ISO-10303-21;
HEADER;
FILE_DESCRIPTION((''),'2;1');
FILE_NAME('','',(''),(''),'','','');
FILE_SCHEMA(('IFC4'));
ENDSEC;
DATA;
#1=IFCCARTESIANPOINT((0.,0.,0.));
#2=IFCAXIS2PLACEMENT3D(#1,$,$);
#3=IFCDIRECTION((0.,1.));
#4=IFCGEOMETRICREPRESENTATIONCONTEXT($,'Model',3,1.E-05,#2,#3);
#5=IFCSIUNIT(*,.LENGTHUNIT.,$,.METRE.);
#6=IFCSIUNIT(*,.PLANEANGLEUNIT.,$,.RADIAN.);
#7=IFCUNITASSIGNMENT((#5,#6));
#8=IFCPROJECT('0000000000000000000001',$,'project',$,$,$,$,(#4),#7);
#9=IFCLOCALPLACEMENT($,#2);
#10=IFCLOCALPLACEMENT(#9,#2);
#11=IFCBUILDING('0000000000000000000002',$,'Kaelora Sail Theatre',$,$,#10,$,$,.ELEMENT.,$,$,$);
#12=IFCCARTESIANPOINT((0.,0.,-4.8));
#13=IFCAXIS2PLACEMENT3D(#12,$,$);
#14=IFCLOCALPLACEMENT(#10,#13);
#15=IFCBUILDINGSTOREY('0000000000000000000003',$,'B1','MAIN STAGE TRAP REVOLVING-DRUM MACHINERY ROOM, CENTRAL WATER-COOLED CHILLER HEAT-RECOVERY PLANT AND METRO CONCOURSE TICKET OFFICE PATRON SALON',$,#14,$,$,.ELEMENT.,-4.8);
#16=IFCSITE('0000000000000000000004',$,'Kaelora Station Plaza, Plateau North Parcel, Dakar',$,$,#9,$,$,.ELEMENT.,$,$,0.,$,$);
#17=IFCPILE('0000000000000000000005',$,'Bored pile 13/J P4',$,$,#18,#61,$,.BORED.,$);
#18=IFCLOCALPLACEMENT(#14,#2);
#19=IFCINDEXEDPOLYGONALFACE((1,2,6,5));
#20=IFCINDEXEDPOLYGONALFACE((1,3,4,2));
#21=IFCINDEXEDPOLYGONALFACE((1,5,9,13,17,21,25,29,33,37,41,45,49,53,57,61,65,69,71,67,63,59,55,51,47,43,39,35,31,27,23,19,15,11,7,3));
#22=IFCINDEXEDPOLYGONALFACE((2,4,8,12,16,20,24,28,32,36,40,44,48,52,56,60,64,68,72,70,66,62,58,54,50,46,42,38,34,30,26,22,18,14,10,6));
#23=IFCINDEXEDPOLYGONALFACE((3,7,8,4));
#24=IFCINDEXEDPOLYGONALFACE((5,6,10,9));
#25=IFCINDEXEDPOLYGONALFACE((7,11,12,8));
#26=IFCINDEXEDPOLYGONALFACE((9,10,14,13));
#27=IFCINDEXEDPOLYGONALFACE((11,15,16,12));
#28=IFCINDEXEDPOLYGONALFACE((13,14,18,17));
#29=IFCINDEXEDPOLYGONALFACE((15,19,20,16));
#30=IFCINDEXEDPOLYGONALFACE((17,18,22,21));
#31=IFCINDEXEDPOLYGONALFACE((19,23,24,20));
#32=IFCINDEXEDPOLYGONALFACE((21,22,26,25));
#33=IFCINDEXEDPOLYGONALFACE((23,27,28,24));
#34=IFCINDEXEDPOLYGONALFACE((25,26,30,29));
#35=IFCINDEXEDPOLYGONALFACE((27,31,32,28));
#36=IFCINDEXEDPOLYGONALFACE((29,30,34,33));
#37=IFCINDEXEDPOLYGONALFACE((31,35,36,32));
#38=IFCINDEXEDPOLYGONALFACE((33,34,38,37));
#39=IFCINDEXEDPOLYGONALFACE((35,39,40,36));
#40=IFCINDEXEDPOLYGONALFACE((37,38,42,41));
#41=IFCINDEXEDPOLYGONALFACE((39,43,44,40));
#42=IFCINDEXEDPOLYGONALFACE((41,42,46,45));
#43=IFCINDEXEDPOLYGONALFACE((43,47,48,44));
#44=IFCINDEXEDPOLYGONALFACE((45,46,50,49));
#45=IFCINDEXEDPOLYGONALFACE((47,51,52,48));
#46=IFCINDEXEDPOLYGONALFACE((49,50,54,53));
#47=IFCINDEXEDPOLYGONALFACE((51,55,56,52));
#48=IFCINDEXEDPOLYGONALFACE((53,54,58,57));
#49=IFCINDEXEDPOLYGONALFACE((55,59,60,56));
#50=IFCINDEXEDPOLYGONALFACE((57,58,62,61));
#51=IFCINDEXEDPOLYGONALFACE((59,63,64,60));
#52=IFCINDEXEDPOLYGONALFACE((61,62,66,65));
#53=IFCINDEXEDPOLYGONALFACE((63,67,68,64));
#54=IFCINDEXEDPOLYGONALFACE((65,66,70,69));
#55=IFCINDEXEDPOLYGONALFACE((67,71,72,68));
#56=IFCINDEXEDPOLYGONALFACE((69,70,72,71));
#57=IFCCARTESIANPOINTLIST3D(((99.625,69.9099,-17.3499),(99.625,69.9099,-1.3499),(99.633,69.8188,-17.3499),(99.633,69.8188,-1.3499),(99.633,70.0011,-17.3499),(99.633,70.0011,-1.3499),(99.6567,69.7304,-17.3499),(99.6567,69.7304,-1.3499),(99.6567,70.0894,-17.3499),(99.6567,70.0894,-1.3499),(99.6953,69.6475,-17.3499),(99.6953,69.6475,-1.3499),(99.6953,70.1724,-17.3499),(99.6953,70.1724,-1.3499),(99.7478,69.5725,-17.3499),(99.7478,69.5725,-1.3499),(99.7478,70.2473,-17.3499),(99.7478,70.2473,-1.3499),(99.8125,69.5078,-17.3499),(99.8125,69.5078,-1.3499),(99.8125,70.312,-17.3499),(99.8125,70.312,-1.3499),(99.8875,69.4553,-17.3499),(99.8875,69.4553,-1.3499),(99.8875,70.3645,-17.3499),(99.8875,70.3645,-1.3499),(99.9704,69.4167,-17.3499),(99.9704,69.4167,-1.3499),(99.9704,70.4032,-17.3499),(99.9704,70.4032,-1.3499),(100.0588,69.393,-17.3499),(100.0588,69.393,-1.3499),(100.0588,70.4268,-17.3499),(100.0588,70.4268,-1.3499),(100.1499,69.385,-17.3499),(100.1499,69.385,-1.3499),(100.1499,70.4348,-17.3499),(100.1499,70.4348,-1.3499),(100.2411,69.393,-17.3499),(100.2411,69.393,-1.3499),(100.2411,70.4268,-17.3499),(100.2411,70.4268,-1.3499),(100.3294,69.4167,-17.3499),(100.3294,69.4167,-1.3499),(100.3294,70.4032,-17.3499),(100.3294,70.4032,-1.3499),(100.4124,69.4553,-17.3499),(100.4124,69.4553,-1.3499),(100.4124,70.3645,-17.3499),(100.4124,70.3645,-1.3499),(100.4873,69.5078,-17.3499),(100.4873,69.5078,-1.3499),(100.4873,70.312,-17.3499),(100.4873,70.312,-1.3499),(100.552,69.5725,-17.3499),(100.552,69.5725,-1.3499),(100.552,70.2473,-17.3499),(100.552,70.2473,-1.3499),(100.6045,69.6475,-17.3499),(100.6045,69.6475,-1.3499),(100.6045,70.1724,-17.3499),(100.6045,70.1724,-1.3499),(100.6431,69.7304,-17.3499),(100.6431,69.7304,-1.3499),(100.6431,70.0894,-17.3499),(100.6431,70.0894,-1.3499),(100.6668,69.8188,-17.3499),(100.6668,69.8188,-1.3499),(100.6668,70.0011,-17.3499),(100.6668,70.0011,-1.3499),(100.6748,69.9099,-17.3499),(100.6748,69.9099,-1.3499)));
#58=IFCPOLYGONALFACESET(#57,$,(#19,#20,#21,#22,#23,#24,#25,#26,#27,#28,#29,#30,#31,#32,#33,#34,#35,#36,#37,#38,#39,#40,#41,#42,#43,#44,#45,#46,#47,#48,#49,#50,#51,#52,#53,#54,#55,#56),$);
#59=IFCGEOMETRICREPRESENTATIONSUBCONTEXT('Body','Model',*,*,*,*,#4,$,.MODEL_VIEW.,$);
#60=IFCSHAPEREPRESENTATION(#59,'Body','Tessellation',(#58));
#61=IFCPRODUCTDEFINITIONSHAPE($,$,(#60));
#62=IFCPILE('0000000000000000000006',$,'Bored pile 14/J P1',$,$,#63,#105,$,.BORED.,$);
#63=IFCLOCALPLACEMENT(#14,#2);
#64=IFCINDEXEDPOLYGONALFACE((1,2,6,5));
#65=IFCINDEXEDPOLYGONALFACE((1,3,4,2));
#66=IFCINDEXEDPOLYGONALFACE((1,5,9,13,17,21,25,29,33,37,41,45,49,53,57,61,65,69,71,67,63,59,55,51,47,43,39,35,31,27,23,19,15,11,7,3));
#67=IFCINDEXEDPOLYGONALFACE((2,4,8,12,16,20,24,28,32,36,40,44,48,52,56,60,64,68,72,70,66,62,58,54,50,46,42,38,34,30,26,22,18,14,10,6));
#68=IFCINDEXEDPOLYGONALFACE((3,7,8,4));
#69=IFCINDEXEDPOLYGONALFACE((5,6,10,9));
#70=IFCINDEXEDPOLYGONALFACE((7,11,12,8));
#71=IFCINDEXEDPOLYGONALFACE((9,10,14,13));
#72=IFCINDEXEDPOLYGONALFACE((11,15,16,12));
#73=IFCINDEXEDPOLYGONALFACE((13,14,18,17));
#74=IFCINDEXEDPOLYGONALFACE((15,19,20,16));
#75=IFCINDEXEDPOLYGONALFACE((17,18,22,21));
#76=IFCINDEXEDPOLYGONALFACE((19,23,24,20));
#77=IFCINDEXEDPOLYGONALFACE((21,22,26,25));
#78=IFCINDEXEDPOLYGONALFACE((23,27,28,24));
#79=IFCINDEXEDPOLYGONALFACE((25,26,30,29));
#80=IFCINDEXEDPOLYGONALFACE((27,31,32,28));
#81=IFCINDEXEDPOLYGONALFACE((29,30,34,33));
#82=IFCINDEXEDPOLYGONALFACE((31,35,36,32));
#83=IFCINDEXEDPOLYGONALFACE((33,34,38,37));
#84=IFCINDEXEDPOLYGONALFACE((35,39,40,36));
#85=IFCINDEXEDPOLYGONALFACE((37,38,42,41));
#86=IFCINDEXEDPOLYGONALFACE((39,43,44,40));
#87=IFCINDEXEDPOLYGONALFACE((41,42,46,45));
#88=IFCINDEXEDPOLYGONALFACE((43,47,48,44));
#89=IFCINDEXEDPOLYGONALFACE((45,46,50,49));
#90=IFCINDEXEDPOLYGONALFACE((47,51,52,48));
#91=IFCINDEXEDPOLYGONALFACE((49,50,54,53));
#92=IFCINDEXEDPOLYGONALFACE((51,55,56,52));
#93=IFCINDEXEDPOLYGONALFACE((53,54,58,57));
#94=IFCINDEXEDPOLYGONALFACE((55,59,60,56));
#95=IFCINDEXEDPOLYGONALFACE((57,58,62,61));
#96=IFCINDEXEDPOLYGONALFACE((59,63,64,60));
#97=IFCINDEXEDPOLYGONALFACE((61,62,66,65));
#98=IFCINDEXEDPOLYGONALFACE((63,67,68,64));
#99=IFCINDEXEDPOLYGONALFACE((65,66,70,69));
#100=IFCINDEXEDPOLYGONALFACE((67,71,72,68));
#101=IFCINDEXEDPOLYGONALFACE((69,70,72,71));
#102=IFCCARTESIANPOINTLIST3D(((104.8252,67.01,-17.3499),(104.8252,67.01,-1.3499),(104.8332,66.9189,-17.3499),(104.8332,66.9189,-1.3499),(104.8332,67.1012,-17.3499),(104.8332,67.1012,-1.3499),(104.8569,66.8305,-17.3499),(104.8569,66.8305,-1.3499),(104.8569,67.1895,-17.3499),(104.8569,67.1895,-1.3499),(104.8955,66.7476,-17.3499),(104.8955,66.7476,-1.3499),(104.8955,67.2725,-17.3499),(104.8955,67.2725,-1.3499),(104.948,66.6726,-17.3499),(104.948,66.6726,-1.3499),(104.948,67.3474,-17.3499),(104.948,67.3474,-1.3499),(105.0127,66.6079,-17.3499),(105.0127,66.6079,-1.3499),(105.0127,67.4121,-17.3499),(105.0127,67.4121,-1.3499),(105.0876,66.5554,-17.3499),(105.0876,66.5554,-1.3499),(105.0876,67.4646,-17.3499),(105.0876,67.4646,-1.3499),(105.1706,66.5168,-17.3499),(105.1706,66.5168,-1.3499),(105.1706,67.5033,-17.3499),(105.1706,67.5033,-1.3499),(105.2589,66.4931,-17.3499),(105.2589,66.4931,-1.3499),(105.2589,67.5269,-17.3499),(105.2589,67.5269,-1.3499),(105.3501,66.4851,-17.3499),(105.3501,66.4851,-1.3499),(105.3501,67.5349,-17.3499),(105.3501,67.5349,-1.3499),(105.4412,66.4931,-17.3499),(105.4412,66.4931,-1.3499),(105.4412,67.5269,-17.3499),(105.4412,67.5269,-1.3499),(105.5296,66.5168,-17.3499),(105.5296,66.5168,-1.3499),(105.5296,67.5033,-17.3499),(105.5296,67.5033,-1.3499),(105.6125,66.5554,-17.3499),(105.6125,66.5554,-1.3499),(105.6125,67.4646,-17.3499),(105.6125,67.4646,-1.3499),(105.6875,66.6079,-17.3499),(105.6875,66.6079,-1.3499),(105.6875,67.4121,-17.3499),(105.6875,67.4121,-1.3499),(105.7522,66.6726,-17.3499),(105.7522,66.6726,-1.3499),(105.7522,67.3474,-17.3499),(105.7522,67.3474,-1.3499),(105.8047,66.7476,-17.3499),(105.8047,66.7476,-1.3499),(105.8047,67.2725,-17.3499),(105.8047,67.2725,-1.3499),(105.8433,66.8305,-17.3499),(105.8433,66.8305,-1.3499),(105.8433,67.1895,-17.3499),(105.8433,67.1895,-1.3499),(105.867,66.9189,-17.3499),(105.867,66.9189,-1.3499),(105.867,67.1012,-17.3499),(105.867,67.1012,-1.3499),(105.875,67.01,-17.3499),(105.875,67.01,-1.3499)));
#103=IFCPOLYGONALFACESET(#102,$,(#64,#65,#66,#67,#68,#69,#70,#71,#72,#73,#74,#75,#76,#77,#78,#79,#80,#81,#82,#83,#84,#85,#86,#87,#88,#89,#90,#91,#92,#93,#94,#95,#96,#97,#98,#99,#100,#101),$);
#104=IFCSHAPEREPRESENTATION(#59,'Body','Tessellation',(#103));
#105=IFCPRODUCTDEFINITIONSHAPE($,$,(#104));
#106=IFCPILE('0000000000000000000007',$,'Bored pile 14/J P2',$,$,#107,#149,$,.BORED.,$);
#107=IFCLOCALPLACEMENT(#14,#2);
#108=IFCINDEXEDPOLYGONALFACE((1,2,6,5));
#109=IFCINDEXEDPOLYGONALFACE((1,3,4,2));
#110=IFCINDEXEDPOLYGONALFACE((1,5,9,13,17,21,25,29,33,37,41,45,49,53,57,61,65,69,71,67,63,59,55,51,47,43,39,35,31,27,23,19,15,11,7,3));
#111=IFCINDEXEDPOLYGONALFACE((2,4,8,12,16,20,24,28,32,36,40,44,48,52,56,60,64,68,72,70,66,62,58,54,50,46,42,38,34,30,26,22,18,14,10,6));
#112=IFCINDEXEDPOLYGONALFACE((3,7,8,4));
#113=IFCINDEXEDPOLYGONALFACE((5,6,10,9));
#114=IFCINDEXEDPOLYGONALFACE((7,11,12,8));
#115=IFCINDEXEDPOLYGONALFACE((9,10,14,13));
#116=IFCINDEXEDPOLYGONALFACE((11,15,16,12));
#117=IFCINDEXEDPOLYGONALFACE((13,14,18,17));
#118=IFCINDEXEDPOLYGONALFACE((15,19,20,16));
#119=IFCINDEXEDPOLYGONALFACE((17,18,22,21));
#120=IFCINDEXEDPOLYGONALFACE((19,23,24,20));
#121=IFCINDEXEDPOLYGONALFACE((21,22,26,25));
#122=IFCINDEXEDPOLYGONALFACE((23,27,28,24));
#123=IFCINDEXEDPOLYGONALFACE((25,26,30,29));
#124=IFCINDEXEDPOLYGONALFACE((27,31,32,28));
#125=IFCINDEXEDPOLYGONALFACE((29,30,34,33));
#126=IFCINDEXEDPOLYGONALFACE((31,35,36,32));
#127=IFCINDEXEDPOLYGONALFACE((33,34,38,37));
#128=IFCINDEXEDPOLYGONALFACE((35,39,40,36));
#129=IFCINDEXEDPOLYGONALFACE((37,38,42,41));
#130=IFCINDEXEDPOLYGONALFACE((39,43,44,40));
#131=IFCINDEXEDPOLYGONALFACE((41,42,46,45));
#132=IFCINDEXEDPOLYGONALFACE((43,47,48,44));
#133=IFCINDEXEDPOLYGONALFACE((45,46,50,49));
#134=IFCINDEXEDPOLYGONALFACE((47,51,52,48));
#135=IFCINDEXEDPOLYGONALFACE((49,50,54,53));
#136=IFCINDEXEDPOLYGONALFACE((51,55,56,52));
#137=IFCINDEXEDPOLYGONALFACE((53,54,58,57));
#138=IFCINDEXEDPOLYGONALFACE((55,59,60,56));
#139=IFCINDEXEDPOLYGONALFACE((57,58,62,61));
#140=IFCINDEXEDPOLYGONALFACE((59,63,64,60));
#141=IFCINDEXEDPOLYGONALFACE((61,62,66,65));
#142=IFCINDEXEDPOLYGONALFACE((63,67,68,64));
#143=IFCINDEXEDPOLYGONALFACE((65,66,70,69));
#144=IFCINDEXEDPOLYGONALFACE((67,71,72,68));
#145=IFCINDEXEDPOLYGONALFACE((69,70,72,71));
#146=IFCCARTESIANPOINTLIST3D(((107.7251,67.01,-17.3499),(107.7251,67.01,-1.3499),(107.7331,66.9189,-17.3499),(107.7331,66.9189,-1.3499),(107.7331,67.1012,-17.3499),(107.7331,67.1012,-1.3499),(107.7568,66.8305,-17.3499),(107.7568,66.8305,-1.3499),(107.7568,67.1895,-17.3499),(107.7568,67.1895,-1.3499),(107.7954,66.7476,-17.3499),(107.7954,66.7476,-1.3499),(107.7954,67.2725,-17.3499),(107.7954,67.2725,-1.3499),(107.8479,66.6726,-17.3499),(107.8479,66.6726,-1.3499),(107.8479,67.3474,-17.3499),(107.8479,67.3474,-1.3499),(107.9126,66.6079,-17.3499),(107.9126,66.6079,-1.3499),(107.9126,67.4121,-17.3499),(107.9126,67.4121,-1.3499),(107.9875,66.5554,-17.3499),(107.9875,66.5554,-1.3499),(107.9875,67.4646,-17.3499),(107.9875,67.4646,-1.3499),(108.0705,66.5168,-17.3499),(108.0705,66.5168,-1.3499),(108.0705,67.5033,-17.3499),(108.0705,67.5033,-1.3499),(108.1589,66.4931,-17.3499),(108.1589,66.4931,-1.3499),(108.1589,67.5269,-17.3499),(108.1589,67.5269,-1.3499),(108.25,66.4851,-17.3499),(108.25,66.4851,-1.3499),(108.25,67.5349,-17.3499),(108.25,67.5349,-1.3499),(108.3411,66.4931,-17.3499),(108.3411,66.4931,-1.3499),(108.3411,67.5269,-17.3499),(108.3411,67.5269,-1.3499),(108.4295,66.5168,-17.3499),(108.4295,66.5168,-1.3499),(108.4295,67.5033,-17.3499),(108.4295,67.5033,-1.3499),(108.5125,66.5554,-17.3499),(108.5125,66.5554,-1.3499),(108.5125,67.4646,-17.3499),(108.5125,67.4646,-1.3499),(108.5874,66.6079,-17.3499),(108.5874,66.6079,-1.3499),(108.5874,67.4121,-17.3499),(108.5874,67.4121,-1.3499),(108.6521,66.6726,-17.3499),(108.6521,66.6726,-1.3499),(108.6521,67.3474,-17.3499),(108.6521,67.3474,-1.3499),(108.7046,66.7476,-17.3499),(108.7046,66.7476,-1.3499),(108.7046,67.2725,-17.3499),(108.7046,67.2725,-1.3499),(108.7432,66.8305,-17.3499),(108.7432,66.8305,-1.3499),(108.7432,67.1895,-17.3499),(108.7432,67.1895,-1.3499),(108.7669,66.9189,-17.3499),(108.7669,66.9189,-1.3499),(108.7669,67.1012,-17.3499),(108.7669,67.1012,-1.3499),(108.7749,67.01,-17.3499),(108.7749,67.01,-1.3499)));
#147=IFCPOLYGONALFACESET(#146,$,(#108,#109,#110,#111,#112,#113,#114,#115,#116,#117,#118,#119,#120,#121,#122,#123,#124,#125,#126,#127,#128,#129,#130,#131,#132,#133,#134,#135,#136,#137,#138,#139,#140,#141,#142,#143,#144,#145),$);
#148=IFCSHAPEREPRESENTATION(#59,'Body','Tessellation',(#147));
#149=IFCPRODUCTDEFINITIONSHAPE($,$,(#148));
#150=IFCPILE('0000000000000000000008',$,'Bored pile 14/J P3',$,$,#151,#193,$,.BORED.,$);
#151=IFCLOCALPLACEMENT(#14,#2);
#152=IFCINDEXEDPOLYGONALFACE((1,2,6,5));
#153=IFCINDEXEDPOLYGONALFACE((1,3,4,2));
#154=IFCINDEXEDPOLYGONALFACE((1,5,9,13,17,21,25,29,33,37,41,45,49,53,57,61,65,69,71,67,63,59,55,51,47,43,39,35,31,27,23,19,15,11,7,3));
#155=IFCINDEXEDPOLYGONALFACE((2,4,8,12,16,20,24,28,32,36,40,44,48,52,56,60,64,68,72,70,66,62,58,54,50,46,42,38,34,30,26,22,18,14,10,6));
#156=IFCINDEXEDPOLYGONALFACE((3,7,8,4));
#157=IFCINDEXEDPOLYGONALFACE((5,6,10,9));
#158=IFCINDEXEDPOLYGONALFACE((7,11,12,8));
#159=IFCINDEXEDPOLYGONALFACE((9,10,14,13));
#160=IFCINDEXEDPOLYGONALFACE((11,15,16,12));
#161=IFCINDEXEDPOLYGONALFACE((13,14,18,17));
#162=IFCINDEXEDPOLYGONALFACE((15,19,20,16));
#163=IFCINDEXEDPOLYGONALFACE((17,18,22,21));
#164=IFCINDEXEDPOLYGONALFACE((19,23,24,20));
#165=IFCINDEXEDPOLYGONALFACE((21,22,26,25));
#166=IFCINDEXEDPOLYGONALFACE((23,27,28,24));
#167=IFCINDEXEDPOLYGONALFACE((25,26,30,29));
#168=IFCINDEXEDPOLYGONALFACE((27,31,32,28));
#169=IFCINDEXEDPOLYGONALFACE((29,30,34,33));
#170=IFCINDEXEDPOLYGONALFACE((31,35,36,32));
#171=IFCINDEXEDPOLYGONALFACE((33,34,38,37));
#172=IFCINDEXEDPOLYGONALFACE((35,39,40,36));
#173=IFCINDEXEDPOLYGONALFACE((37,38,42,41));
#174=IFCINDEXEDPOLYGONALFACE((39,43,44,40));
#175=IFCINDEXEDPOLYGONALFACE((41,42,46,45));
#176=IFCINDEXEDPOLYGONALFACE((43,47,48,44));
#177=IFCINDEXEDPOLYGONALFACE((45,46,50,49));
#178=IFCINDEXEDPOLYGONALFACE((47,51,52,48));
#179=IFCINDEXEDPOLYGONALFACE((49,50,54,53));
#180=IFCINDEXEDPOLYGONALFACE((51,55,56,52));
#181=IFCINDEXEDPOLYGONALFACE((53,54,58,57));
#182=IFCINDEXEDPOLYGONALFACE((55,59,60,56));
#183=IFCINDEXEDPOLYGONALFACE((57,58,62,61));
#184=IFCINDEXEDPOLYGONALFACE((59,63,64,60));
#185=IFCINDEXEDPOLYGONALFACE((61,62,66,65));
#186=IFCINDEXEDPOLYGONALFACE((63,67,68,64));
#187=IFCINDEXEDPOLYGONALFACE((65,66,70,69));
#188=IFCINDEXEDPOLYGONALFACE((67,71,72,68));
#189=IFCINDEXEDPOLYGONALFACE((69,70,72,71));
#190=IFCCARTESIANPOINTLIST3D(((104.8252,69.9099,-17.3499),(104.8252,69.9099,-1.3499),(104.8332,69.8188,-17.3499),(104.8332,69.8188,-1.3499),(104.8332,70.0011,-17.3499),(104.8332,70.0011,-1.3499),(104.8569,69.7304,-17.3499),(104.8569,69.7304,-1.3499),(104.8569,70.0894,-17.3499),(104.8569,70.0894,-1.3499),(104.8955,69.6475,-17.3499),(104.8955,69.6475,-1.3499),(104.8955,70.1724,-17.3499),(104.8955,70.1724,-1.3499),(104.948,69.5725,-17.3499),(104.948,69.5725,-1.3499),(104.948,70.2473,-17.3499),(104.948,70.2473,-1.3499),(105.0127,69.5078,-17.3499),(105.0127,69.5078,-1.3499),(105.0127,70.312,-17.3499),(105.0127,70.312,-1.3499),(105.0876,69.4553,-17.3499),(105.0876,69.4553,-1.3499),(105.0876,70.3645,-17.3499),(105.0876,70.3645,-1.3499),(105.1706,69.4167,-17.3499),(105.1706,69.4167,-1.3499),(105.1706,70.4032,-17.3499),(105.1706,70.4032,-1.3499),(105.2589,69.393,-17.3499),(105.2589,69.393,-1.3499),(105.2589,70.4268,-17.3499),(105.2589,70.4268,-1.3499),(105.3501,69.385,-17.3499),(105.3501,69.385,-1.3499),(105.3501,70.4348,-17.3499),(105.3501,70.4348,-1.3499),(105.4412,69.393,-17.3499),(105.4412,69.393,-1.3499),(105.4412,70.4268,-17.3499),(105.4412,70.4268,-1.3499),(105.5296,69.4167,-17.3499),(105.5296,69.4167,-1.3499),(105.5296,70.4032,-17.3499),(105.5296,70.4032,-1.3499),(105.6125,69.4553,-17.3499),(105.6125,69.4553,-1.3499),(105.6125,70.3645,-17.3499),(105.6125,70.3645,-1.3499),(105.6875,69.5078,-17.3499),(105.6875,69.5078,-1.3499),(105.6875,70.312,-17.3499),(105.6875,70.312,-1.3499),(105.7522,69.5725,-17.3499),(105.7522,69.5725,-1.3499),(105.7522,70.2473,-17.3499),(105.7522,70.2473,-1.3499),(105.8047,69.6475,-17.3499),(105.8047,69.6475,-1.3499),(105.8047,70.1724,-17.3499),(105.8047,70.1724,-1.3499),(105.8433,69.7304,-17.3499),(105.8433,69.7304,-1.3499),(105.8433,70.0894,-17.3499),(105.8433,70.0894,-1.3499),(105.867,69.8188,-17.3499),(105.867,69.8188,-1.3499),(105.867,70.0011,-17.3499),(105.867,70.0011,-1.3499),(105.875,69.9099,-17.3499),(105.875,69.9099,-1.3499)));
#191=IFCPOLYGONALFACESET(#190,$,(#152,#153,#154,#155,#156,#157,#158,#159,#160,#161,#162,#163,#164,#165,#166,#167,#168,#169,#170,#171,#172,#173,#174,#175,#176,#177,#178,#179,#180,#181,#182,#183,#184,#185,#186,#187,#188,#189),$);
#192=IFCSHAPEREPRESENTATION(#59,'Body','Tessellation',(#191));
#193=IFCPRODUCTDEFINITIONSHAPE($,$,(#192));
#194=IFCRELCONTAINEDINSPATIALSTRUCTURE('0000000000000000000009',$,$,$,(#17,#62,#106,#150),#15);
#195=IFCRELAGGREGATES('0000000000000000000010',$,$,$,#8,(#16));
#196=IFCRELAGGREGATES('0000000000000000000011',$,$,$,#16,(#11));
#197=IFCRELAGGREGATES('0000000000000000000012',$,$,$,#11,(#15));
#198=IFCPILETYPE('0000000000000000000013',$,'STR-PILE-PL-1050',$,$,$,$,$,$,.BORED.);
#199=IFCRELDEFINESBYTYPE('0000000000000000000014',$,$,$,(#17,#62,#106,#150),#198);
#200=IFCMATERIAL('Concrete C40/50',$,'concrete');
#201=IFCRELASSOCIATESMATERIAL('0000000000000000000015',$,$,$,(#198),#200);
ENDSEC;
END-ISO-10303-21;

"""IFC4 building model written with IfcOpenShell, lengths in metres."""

from ifc_helpers import new_model, si_unit, direction, frame, origin, origin_2d, place, context, subcontext, project, spatial, circle, extrude, material, material_profile, profile_set, type_object, element, save


model = new_model("IFC4")

# Units and contexts
model_context = context("Model", 3, precision=1e-05, world=origin(), true_north=direction((0.0, 1.0)))
body_context = subcontext(model_context, "Body", "Model", "MODEL_VIEW")
ifc_project = project(units=[si_unit("LENGTHUNIT", "METRE"), si_unit("PLANEANGLEUNIT", "RADIAN")], contexts=[model_context])

# Site, building, storey
site_placement = place(None, origin())
site = spatial("IfcSite", under=ifc_project, at=site_placement, Name="Kaelora Station Plaza, Plateau North Parcel, Dakar", CompositionType="ELEMENT", RefElevation=0.0)
building_placement = place(site_placement, origin())
building = spatial("IfcBuilding", under=site, at=building_placement, Name="Kaelora Sail Theatre", CompositionType="ELEMENT")
storey_placement = place(building_placement, frame((0.0, 0.0, -4.8)))
storey = spatial("IfcBuildingStorey", under=building, at=storey_placement, Name="B1", Description="MAIN STAGE TRAP REVOLVING-DRUM MACHINERY ROOM, CENTRAL WATER-COOLED CHILLER HEAT-RECOVERY PLANT AND METRO CONCOURSE TICKET OFFICE PATRON SALON", CompositionType="ELEMENT", Elevation=-4.8)

# Piles
ifc_material_1 = material(Name="Concrete C40/50", Category="concrete")
ifc_material_profile_1 = material_profile(ifc_material_1, circle(Radius=0.5249, at=origin_2d()), Name="PILE D1050")
ifc_profile_set_1 = profile_set([ifc_material_profile_1], Name="Concrete C40/50")
pile_type_1 = type_object("IfcPileType", Name="STR-PILE-PL-1050", PredefinedType="BORED", material=ifc_profile_set_1)
for number, where, z_axis, x_axis, name in (
    (1, (100.1499, 69.9099, -1.3499), (0.0, 0.0, -1.0), (1.0, 0.0, 0.0), "Bored pile 13/J P4"),
    (2, (105.3501, 67.01, -1.3499), (0.0, 0.0, -1.0), (1.0, 0.0, 0.0), "Bored pile 14/J P1"),
    (3, (108.25, 67.01, -1.3499), (0.0, 0.0, -1.0), (1.0, 0.0, 0.0), "Bored pile 14/J P2"),
    (4, (105.3501, 69.9099, -1.3499), (0.0, 0.0, -1.0), (1.0, 0.0, 0.0), "Bored pile 14/J P3"),
):
    element("IfcPile", number, at=place(storey_placement, frame(where, z_axis=z_axis, x_axis=x_axis)), inside=storey, type_object=pile_type_1, Name=name, PredefinedType="BORED", context=body_context, shape_type="SweptSolid", body=[
        extrude(circle(Radius=0.5249, at=origin_2d()), origin(), (0.0, 0.0, 1.0), 16.0),
    ])

save(model, "model.ifc")
